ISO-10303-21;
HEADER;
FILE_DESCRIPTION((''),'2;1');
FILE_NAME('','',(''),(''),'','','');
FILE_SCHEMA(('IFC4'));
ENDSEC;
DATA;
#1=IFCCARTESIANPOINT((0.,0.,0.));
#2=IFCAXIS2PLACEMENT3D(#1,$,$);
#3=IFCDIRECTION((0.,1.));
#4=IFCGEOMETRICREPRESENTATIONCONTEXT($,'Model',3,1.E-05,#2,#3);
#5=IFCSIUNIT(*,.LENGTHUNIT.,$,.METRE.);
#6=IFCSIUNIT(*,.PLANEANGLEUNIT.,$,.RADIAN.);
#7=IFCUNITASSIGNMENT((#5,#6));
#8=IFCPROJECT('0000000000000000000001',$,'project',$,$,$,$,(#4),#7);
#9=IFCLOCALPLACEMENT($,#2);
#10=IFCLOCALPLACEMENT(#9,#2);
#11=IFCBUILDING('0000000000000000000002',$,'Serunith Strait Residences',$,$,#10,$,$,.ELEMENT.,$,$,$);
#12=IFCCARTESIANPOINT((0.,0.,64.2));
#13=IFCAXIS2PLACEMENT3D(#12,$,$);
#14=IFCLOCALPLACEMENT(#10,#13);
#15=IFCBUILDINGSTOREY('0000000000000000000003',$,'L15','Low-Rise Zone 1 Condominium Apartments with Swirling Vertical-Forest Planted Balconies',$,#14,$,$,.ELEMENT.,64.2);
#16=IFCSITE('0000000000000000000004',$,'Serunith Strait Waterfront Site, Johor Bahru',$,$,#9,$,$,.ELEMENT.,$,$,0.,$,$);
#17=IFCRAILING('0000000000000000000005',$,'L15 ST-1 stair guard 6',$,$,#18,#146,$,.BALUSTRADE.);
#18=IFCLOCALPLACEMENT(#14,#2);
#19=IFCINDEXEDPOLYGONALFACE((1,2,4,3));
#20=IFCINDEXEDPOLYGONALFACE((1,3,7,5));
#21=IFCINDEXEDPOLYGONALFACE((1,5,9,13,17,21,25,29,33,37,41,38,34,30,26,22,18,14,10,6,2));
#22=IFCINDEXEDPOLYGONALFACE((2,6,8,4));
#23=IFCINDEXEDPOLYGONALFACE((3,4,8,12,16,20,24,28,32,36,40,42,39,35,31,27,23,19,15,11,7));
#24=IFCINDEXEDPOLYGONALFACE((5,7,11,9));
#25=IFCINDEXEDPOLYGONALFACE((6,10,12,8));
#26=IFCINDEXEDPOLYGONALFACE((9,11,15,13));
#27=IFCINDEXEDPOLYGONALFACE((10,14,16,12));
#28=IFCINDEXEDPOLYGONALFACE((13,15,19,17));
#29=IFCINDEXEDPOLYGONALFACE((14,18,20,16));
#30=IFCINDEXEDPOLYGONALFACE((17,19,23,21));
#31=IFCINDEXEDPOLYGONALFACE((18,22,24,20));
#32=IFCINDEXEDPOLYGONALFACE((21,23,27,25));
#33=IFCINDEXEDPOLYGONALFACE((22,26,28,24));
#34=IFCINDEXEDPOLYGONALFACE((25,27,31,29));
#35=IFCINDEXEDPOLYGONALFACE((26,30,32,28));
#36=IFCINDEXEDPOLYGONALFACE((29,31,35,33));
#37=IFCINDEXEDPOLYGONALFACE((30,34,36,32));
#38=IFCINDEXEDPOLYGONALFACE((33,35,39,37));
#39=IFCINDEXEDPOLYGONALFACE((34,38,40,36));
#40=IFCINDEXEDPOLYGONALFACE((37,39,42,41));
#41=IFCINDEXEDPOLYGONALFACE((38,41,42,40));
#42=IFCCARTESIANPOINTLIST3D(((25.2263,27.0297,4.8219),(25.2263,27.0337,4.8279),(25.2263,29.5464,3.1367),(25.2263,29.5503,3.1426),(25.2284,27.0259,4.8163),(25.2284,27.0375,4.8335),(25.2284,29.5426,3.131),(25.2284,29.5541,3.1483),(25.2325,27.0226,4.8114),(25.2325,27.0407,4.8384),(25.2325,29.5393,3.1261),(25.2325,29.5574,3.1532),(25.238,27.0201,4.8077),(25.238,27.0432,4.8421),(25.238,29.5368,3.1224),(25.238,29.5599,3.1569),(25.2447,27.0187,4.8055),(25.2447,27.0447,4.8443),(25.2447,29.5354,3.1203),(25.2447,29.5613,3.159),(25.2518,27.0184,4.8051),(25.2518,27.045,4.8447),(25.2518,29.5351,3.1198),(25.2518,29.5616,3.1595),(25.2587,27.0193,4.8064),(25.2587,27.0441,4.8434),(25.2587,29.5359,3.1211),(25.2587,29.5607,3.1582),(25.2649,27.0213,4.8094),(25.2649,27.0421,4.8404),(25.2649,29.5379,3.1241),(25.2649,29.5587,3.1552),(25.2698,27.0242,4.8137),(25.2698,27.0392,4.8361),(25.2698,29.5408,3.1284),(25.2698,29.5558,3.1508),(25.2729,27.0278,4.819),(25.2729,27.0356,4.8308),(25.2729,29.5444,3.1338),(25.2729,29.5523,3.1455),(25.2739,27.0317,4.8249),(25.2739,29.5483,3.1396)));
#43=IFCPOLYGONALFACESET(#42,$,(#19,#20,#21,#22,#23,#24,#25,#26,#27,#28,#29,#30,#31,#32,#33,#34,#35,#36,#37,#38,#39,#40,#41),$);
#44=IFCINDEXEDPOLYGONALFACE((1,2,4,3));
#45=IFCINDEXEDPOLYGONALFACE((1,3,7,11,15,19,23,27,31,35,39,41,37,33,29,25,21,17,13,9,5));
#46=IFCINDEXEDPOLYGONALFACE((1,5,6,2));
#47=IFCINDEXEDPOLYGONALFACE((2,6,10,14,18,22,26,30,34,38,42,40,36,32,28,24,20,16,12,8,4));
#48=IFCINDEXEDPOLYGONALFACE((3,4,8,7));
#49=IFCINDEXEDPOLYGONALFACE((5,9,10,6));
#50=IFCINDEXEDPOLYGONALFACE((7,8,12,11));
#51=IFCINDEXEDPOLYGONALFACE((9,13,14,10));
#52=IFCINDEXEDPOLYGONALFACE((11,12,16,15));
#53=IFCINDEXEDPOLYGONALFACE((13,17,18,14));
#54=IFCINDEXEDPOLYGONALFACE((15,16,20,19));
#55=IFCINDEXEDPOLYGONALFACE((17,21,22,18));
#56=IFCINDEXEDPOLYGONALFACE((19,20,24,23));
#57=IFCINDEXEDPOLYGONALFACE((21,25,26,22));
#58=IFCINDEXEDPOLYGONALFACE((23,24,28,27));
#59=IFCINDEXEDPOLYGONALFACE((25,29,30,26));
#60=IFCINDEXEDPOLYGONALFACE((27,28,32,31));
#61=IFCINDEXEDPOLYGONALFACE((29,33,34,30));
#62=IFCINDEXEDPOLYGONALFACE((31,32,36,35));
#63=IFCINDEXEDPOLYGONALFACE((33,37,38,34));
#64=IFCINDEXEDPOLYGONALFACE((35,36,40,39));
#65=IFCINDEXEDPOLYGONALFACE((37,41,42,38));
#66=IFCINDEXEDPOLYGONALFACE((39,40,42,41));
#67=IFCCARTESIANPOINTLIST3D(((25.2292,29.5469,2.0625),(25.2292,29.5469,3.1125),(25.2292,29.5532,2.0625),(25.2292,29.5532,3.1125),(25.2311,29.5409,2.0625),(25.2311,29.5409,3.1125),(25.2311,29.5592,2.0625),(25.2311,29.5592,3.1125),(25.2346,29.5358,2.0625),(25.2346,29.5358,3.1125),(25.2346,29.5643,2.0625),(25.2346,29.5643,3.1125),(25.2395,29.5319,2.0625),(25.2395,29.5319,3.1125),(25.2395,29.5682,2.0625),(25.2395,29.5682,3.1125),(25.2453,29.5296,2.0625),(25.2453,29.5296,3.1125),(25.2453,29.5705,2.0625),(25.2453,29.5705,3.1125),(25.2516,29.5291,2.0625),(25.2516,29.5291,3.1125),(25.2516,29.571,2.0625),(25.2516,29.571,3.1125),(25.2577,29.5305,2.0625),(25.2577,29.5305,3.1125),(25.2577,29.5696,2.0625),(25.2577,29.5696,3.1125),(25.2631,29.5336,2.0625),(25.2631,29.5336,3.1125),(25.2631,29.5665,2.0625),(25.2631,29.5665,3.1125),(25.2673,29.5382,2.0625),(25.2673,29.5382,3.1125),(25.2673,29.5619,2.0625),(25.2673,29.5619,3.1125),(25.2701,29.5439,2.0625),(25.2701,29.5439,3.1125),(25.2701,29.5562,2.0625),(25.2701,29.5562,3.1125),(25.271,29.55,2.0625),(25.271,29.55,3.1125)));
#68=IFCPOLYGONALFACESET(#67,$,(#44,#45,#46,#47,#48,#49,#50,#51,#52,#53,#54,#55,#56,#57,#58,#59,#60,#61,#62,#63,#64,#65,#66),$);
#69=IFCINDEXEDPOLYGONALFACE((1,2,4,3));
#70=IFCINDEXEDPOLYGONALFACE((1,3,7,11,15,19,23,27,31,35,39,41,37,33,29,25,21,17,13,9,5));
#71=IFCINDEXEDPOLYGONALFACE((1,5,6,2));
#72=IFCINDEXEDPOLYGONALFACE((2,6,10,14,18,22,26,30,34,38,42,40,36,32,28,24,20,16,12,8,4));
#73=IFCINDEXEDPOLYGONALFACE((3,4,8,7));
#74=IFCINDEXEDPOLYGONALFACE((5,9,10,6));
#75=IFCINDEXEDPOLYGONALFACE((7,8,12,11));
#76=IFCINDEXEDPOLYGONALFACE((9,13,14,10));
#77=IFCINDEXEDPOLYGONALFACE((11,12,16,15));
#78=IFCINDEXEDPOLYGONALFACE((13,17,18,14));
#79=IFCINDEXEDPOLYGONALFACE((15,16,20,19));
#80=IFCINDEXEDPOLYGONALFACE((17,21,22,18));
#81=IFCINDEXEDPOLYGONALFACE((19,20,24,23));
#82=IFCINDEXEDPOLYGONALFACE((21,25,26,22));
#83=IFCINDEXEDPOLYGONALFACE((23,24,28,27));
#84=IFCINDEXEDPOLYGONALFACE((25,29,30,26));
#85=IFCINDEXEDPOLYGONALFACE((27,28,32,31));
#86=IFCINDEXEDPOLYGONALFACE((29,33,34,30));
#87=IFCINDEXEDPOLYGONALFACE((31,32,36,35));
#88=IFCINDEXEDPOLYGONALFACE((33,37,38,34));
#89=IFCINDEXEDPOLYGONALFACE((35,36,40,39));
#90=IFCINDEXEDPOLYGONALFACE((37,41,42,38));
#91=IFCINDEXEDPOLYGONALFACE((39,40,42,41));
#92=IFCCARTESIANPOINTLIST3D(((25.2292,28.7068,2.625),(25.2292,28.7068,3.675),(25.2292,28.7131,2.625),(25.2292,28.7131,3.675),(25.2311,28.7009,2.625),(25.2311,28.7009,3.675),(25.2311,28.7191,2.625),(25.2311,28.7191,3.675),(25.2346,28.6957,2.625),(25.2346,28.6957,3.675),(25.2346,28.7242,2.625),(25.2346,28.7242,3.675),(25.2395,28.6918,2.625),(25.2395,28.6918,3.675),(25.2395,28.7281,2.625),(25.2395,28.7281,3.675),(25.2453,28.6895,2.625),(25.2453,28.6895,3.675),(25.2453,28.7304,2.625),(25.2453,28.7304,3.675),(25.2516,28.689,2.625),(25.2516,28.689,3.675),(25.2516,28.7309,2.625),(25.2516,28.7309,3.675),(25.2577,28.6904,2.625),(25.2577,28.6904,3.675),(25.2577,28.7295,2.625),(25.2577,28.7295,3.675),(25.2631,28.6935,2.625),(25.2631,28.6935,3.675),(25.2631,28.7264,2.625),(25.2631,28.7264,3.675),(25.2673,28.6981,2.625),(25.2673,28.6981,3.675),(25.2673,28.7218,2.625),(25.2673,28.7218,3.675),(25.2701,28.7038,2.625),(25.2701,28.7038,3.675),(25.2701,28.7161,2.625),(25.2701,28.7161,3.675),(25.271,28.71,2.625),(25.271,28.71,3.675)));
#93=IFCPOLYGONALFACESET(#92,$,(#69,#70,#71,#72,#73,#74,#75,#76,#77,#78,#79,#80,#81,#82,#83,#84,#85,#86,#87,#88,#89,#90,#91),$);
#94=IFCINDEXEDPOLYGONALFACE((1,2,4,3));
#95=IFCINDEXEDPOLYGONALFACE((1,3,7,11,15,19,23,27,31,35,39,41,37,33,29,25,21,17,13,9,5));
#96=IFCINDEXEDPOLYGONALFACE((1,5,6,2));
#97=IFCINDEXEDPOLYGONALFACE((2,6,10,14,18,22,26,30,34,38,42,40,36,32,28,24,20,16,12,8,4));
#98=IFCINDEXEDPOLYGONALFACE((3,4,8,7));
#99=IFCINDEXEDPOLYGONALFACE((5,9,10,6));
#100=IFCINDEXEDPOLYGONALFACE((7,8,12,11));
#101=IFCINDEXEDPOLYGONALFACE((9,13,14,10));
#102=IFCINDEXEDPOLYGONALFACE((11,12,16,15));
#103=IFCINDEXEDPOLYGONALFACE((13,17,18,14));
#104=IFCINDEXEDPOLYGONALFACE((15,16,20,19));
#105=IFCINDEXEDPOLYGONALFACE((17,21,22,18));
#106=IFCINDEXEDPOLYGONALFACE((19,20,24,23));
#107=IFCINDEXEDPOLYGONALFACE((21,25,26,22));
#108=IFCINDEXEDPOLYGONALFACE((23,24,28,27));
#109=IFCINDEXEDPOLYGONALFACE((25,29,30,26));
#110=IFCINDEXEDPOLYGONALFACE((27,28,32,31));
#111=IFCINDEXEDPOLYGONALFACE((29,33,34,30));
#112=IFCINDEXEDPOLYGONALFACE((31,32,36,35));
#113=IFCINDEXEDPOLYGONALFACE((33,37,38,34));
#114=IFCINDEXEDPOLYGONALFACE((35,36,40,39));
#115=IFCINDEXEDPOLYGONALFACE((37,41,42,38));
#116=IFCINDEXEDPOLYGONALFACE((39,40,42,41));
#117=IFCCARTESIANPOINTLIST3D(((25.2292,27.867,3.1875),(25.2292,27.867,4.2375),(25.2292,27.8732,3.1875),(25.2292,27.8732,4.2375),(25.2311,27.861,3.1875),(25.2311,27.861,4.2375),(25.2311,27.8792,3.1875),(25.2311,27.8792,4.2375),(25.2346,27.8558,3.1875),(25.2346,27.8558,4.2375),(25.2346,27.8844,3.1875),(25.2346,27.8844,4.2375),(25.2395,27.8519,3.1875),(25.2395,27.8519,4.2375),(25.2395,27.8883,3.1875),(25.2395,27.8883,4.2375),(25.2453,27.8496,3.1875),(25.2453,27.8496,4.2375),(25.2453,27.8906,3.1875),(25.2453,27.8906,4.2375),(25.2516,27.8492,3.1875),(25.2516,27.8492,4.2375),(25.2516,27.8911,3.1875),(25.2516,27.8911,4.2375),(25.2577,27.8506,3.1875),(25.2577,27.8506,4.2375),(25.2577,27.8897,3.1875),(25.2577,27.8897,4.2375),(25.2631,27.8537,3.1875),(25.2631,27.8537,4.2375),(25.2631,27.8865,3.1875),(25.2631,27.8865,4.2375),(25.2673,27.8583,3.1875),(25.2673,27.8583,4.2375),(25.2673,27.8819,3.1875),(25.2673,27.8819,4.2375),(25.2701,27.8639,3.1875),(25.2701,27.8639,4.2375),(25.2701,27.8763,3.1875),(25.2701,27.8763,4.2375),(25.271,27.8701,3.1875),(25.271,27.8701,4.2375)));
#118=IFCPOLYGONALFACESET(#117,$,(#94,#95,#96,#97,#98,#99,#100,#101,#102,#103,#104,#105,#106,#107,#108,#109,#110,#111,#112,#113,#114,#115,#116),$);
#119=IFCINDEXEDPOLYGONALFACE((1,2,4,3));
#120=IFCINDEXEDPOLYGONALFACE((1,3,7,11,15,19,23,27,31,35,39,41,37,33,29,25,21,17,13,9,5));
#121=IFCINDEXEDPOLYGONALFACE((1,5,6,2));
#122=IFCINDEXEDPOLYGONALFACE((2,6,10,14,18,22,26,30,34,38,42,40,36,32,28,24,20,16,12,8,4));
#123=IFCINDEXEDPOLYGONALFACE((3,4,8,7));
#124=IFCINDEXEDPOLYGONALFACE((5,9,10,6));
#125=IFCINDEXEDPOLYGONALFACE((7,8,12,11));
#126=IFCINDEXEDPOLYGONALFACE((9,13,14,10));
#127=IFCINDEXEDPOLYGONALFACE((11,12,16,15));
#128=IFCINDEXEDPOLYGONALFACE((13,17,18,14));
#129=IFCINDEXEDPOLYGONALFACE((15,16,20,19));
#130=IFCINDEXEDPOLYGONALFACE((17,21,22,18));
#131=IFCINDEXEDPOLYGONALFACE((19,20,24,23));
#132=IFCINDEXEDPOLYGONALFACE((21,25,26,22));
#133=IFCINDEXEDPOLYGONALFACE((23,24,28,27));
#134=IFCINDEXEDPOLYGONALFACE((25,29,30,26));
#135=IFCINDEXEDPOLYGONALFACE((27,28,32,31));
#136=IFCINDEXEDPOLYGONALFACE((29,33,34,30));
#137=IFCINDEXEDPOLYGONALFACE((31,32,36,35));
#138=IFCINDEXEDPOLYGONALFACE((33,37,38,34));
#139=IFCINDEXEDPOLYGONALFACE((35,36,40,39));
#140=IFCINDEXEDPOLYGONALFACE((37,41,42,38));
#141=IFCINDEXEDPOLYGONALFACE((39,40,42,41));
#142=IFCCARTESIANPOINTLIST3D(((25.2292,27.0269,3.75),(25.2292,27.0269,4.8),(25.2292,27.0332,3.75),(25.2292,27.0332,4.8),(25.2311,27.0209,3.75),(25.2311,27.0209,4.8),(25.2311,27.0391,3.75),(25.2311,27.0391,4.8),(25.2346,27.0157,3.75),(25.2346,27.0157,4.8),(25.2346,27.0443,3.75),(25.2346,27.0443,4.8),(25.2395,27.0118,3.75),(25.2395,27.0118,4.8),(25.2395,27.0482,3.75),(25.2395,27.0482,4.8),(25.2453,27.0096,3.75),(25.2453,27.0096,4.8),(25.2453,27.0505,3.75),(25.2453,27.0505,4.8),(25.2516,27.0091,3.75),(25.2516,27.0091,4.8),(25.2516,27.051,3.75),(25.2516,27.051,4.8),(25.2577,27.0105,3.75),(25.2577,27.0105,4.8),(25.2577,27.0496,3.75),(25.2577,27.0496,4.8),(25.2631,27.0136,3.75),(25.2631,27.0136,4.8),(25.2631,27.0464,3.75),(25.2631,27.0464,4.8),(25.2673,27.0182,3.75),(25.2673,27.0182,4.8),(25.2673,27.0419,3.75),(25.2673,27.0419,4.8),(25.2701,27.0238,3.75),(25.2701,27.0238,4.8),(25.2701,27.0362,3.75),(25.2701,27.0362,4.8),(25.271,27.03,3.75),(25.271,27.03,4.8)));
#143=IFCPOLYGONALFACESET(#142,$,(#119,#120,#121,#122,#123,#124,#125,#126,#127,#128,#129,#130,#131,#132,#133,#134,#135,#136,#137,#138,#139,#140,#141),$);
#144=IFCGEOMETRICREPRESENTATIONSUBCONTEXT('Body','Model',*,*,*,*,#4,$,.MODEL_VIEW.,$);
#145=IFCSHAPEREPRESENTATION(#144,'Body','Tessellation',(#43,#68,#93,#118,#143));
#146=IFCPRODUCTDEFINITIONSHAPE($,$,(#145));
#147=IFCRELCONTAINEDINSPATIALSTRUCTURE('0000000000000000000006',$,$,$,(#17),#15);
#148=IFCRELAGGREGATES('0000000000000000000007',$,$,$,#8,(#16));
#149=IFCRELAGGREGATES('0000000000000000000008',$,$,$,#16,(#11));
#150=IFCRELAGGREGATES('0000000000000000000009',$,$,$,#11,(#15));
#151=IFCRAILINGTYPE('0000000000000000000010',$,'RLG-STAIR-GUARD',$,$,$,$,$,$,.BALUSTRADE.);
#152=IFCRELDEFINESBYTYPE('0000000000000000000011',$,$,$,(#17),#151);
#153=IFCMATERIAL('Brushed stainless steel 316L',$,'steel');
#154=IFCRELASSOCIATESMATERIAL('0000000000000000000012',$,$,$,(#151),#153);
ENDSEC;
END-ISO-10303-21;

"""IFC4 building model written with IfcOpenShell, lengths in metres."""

from ifc_helpers import new_model, si_unit, direction, frame, origin, origin_2d, place, context, subcontext, project, spatial, circle, extrude, material, type_object, element, save


model = new_model("IFC4")

# Units and contexts
model_context = context("Model", 3, precision=1e-05, world=origin(), true_north=direction((0.0, 1.0)))
body_context = subcontext(model_context, "Body", "Model", "MODEL_VIEW")
ifc_project = project(units=[si_unit("LENGTHUNIT", "METRE"), si_unit("PLANEANGLEUNIT", "RADIAN")], contexts=[model_context])

# Site, building, storey
site_placement = place(None, origin())
site = spatial("IfcSite", under=ifc_project, at=site_placement, Name="Serunith Strait Waterfront Site, Johor Bahru", CompositionType="ELEMENT", RefElevation=0.0)
building_placement = place(site_placement, origin())
building = spatial("IfcBuilding", under=site, at=building_placement, Name="Serunith Strait Residences", CompositionType="ELEMENT")
storey_placement = place(building_placement, frame((0.0, 0.0, 64.2)))
storey = spatial("IfcBuildingStorey", under=building, at=storey_placement, Name="L15", Description="Low-Rise Zone 1 Condominium Apartments with Swirling Vertical-Forest Planted Balconies", CompositionType="ELEMENT", Elevation=64.2)

# Railing
ifc_material_1 = material(Name="Brushed stainless steel 316L", Category="steel")
railing_type_1 = type_object("IfcRailingType", Name="RLG-STAIR-GUARD", PredefinedType="BALUSTRADE", material=ifc_material_1)
railing_1_placement = place(storey_placement, frame((25.25, 29.55, 2.0625)))
element("IfcRailing", 1, at=railing_1_placement, inside=storey, type_object=railing_type_1, Name="L15 ST-1 stair guard 6", PredefinedType="BALUSTRADE", context=body_context, shape_type="SweptSolid", body=[
    extrude(circle(Radius=0.0239, at=origin_2d()), frame((0.0, -0.0017, 1.0771), z_axis=(0.0, -0.830909, 0.556408), x_axis=(1.0, 0.0, 0.0)), (0.0, 0.0, 1.0), 3.0288),
    extrude(circle(Radius=0.021, at=origin_2d()), origin(), (0.0, 0.0, 1.0), 1.05),
    extrude(circle(Radius=0.021, at=origin_2d()), frame((0.0, -0.8401, 0.5625)), (0.0, 0.0, 1.0), 1.05),
    extrude(circle(Radius=0.021, at=origin_2d()), frame((0.0, -1.6799, 1.125)), (0.0, 0.0, 1.0), 1.05),
    extrude(circle(Radius=0.021, at=origin_2d()), frame((0.0, -2.52, 1.6875)), (0.0, 0.0, 1.0), 1.05),
])

save(model, "model.ifc")
